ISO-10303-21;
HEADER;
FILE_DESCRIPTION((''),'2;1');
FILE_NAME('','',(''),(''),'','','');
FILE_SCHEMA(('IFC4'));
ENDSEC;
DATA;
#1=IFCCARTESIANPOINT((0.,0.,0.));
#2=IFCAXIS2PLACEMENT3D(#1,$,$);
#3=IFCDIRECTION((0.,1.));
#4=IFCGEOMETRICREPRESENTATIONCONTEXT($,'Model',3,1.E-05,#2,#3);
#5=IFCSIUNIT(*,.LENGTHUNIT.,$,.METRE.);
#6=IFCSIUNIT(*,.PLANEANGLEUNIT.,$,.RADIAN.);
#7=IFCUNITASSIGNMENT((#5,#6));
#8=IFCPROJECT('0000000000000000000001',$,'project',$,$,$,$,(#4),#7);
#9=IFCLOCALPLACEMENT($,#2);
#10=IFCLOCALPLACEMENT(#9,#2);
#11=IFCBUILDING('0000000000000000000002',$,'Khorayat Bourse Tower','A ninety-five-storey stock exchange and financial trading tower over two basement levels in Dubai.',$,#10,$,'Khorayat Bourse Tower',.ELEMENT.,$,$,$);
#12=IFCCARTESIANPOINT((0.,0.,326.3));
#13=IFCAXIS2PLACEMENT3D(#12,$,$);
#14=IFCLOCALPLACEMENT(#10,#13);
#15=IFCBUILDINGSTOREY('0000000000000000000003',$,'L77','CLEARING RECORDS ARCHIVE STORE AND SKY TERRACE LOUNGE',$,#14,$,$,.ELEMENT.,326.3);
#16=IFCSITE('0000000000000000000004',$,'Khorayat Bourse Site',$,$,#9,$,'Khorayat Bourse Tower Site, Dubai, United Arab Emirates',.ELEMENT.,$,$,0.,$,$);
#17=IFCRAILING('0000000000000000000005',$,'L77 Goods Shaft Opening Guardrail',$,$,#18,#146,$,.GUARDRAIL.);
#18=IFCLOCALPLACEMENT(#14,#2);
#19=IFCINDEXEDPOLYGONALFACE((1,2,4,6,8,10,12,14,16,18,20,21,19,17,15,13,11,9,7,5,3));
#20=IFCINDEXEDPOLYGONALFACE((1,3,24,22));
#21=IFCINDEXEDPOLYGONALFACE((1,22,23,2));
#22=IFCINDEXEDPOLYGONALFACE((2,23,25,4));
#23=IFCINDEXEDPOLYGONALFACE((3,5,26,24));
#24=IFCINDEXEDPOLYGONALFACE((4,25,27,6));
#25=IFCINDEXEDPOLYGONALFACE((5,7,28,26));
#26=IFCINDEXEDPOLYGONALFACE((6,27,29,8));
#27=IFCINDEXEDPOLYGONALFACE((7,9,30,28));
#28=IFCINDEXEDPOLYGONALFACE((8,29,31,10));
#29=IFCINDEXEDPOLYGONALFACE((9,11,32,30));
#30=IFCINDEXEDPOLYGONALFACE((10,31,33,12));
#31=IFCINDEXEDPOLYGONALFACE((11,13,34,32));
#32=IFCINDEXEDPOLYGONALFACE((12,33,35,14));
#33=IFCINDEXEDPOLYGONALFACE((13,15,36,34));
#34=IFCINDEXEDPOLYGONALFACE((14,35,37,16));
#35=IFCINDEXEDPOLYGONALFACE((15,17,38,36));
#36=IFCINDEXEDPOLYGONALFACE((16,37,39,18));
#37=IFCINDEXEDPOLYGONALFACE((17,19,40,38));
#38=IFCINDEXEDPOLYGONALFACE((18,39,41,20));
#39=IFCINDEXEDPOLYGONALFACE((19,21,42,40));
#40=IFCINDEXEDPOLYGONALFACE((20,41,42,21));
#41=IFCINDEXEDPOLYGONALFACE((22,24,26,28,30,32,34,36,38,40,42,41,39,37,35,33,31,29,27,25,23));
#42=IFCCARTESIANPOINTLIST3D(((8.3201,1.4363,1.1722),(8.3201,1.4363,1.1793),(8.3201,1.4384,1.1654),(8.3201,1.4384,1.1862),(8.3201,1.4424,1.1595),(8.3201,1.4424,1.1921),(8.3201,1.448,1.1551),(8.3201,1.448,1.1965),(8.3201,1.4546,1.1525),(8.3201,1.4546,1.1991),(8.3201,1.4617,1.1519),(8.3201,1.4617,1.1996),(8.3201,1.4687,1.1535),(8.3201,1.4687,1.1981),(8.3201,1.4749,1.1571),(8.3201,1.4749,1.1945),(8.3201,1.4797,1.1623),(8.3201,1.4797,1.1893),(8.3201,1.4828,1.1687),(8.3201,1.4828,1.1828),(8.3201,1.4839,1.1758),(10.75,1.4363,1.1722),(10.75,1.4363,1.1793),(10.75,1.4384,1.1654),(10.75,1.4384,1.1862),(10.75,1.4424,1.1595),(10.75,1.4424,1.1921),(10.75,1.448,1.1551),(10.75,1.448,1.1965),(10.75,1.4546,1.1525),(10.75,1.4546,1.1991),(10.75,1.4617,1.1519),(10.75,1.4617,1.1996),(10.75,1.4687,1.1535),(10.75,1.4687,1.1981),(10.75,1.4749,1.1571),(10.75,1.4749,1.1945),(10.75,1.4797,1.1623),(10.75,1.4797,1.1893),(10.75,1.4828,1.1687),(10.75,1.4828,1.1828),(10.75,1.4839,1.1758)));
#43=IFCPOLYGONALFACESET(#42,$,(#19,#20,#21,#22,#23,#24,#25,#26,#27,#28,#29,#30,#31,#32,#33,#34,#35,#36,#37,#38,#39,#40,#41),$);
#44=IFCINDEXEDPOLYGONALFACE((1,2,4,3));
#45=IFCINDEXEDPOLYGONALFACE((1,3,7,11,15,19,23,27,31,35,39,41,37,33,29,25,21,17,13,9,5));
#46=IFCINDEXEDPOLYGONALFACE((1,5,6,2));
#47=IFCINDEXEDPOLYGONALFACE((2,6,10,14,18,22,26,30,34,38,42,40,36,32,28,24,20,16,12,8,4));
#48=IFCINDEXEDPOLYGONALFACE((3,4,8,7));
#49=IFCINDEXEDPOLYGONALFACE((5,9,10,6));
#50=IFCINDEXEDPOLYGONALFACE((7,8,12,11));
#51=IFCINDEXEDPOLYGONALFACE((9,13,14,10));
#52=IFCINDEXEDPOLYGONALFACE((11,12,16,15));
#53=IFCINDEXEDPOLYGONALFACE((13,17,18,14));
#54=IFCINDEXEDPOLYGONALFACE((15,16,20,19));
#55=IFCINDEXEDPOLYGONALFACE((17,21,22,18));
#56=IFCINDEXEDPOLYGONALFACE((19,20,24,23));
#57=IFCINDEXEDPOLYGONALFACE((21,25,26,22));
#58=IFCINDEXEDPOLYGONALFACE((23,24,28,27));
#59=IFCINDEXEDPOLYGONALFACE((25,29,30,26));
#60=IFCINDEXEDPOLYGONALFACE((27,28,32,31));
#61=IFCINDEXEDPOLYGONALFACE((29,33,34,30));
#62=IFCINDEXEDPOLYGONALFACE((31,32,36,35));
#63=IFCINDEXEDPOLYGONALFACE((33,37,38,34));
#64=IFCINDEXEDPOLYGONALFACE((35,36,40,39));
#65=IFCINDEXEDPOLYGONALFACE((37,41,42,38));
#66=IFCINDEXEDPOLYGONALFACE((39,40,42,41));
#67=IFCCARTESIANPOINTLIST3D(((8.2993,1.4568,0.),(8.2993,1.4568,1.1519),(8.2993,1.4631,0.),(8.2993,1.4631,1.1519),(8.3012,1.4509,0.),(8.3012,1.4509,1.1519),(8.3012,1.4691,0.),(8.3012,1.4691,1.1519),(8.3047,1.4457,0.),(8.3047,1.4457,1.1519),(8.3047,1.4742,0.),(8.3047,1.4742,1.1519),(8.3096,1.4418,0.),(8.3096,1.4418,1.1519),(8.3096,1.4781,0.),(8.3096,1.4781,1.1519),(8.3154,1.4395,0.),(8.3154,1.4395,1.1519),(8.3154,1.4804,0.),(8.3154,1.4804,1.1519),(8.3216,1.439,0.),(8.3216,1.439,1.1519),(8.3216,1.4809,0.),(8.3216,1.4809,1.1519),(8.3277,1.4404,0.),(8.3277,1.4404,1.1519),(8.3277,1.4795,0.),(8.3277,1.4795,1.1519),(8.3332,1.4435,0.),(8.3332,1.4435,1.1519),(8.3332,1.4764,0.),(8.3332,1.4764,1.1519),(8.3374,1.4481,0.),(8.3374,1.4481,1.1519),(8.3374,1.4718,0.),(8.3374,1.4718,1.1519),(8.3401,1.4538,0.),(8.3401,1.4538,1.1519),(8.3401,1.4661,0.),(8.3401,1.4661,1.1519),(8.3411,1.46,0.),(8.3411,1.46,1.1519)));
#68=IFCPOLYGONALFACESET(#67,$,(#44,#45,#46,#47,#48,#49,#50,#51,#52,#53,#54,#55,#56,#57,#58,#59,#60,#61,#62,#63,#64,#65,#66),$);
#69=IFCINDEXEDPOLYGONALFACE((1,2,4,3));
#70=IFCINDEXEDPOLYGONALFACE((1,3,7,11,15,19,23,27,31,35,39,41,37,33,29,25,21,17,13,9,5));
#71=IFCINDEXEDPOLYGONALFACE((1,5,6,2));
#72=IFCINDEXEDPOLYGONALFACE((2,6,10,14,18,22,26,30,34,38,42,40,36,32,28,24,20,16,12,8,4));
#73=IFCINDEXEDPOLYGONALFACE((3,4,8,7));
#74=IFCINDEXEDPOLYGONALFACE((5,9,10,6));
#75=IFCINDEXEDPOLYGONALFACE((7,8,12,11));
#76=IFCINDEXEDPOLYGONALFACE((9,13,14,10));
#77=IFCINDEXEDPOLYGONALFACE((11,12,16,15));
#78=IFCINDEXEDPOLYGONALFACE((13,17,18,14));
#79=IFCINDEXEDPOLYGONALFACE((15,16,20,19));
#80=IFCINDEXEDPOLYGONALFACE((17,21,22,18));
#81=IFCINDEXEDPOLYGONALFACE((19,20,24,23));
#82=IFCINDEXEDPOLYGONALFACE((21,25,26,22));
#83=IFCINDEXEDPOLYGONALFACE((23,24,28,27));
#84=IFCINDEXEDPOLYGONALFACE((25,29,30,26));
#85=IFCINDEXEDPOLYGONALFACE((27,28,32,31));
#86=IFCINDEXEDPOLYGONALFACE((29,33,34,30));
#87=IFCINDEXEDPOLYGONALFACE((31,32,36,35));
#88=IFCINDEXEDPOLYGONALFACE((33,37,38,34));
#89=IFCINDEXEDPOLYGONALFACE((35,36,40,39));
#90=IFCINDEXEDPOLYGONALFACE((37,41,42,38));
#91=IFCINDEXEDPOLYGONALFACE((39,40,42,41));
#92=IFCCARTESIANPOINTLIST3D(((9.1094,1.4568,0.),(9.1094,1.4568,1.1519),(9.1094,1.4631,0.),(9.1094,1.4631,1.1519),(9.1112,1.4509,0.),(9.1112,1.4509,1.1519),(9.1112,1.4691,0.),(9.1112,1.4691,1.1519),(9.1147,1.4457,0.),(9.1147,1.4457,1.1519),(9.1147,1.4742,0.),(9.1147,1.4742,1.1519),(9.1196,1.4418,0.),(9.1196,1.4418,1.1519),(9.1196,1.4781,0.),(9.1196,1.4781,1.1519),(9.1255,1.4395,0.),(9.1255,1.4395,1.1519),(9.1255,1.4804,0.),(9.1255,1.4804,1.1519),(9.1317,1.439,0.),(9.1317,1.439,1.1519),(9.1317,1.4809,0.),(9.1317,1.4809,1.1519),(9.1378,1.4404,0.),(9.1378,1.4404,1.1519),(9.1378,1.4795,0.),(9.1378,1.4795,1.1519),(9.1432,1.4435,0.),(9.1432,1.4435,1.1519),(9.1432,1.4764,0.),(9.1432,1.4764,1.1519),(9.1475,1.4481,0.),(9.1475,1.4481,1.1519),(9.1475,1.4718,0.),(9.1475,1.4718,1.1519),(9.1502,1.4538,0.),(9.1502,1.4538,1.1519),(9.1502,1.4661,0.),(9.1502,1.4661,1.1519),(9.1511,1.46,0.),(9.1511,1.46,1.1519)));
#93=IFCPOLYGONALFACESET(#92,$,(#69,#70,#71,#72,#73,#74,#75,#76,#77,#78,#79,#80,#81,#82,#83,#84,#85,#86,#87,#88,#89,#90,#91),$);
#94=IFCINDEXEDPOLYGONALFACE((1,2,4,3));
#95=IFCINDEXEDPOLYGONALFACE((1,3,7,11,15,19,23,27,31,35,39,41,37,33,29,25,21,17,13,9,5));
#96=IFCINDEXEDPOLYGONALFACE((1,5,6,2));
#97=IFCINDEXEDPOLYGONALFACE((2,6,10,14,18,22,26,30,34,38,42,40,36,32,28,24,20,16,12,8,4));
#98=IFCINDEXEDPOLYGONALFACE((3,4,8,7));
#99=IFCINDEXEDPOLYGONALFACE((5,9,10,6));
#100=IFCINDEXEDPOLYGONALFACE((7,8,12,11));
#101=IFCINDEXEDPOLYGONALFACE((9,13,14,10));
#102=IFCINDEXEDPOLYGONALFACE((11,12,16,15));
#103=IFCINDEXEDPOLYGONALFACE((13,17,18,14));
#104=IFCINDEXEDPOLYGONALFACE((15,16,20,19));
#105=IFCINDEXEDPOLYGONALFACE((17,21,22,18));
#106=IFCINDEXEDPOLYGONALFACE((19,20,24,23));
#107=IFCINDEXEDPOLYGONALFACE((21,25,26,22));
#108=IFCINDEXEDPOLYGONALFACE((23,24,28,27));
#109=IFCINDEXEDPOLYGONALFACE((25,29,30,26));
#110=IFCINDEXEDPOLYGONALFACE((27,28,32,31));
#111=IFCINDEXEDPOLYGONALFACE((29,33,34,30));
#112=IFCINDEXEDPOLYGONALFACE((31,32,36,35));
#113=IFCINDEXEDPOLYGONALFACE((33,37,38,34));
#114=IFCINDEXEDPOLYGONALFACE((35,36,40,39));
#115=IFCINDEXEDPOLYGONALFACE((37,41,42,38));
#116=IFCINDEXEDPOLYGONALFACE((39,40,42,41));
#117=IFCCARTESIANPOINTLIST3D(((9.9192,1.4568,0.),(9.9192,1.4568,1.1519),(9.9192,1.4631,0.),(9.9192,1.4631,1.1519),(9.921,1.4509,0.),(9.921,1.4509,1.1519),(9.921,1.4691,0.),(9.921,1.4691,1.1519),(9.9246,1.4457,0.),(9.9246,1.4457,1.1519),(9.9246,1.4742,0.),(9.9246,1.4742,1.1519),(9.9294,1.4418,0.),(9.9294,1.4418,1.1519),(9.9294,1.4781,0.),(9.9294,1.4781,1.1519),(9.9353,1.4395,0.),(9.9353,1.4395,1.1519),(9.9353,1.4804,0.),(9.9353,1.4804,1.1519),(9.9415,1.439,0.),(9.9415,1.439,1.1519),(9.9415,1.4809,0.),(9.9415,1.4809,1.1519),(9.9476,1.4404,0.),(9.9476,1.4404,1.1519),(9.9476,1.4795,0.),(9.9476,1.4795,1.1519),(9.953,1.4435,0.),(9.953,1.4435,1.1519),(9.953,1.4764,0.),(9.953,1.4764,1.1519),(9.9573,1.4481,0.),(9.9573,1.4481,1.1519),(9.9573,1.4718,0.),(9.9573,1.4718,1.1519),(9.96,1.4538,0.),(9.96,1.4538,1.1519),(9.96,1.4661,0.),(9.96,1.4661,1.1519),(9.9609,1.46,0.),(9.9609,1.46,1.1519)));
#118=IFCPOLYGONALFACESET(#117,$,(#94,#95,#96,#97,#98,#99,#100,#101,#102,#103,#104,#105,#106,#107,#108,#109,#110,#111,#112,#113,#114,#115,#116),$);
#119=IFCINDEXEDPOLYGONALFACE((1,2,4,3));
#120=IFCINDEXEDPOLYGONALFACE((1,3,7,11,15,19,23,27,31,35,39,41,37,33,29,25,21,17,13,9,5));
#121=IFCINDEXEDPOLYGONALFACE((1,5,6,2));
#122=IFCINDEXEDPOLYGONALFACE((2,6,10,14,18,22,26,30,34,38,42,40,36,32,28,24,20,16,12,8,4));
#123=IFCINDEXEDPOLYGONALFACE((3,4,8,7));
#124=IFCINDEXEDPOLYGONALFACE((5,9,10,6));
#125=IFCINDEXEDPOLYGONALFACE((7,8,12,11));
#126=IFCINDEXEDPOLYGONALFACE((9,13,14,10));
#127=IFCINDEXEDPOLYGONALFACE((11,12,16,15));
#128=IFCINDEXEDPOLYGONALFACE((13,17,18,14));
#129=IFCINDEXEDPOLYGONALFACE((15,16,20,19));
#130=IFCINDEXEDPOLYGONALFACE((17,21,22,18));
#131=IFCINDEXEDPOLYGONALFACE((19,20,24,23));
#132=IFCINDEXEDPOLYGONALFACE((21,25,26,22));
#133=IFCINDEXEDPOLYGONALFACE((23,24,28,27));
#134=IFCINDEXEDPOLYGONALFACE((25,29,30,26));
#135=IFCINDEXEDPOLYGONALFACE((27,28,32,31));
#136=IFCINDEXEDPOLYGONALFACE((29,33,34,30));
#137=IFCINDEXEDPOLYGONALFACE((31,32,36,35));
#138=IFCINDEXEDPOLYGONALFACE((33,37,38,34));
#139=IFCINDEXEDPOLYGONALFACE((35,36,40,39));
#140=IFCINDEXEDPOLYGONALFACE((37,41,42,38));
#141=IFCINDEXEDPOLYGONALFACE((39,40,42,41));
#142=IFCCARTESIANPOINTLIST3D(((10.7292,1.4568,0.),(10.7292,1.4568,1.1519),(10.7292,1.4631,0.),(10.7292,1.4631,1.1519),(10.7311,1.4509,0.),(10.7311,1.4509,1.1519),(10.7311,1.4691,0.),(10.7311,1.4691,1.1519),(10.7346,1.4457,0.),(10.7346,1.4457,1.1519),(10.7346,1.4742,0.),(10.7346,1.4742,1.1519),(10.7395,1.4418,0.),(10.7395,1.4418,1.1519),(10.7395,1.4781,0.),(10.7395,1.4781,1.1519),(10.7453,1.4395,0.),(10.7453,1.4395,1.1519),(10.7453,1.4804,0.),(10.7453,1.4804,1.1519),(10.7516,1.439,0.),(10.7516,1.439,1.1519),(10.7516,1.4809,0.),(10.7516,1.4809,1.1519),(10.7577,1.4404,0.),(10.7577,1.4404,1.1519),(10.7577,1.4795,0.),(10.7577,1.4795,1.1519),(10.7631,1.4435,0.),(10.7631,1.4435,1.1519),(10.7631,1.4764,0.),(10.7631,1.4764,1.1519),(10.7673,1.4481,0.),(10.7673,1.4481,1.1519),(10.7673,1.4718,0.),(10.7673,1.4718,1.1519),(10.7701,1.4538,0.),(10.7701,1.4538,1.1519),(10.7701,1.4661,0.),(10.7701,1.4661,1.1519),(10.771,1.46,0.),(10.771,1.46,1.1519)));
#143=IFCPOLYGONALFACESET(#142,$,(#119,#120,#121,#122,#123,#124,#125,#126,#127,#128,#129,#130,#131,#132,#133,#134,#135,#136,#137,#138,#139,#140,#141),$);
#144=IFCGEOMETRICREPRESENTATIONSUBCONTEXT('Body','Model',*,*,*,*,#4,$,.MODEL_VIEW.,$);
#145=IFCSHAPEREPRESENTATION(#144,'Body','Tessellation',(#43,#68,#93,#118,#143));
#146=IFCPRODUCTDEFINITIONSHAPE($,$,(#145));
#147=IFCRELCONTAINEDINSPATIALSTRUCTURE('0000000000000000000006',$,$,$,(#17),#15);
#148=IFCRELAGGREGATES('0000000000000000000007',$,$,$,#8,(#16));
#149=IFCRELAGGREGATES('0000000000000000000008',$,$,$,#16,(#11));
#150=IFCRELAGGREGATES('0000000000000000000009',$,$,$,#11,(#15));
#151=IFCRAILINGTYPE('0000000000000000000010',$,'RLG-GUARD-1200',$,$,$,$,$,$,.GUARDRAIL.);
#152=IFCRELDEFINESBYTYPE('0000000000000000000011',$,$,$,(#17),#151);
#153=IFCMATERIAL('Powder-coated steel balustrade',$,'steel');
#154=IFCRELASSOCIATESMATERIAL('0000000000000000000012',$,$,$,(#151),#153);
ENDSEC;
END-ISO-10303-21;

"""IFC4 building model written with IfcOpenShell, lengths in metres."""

from ifc_helpers import new_model, si_unit, direction, frame, origin, origin_2d, place, context, subcontext, project, spatial, circle, extrude, source, transform, mapped, material, type_object, element, save


model = new_model("IFC4")

# Units and contexts
model_context = context("Model", 3, precision=1e-05, world=origin(), true_north=direction((0.0, 1.0)))
body_context = subcontext(model_context, "Body", "Model", "MODEL_VIEW")
ifc_project = project(units=[si_unit("LENGTHUNIT", "METRE"), si_unit("PLANEANGLEUNIT", "RADIAN")], contexts=[model_context])

# Site, building, storey
site_placement = place(None, origin())
site = spatial("IfcSite", under=ifc_project, at=site_placement, Name="Khorayat Bourse Site", LongName="Khorayat Bourse Tower Site, Dubai, United Arab Emirates", CompositionType="ELEMENT", RefElevation=0.0)
building_placement = place(site_placement, origin())
building = spatial("IfcBuilding", under=site, at=building_placement, Name="Khorayat Bourse Tower", Description="A ninety-five-storey stock exchange and financial trading tower over two basement levels in Dubai.", LongName="Khorayat Bourse Tower", CompositionType="ELEMENT")
storey_placement = place(building_placement, frame((0.0, 0.0, 326.3)))
storey = spatial("IfcBuildingStorey", under=building, at=storey_placement, Name="L77", Description="CLEARING RECORDS ARCHIVE STORE AND SKY TERRACE LOUNGE", CompositionType="ELEMENT", Elevation=326.3)

# Railing
ifc_material_1 = material(Name="Powder-coated steel balustrade", Category="steel")
railing_type = type_object("IfcRailingType", Name="RLG-GUARD-1200", PredefinedType="GUARDRAIL", material=ifc_material_1)
shared_shape_1 = source(origin(), body_context, "Body", "SweptSolid", [
    extrude(circle(Radius=0.0239, at=origin_2d()), frame((0.0, 0.0, 1.1758), z_axis=(1.0, 0.0, 0.0), x_axis=(0.0, 1.0, 0.0)), (0.0, 0.0, 1.0), 2.4299),
    extrude(circle(Radius=0.021, at=origin_2d()), origin(), (0.0, 0.0, 1.0), 1.1519),
    extrude(circle(Radius=0.021, at=origin_2d()), frame((0.8101, 0.0, 0.0)), (0.0, 0.0, 1.0), 1.1519),
    extrude(circle(Radius=0.021, at=origin_2d()), frame((1.6199, 0.0, 0.0)), (0.0, 0.0, 1.0), 1.1519),
    extrude(circle(Radius=0.021, at=origin_2d()), frame((2.4299, 0.0, 0.0)), (0.0, 0.0, 1.0), 1.1519),
])
railing_placement = place(storey_placement, frame((8.3201, 1.46, 0.0)))
element("IfcRailing", 1, at=railing_placement, inside=storey, type_object=railing_type, Name="L77 Goods Shaft Opening Guardrail", PredefinedType="GUARDRAIL", context=body_context, shape_type="MappedRepresentation", body=[
    mapped(shared_shape_1, transform((0.0, 0.0, 0.0), scale=1.0)),
])

save(model, "model.ifc")
